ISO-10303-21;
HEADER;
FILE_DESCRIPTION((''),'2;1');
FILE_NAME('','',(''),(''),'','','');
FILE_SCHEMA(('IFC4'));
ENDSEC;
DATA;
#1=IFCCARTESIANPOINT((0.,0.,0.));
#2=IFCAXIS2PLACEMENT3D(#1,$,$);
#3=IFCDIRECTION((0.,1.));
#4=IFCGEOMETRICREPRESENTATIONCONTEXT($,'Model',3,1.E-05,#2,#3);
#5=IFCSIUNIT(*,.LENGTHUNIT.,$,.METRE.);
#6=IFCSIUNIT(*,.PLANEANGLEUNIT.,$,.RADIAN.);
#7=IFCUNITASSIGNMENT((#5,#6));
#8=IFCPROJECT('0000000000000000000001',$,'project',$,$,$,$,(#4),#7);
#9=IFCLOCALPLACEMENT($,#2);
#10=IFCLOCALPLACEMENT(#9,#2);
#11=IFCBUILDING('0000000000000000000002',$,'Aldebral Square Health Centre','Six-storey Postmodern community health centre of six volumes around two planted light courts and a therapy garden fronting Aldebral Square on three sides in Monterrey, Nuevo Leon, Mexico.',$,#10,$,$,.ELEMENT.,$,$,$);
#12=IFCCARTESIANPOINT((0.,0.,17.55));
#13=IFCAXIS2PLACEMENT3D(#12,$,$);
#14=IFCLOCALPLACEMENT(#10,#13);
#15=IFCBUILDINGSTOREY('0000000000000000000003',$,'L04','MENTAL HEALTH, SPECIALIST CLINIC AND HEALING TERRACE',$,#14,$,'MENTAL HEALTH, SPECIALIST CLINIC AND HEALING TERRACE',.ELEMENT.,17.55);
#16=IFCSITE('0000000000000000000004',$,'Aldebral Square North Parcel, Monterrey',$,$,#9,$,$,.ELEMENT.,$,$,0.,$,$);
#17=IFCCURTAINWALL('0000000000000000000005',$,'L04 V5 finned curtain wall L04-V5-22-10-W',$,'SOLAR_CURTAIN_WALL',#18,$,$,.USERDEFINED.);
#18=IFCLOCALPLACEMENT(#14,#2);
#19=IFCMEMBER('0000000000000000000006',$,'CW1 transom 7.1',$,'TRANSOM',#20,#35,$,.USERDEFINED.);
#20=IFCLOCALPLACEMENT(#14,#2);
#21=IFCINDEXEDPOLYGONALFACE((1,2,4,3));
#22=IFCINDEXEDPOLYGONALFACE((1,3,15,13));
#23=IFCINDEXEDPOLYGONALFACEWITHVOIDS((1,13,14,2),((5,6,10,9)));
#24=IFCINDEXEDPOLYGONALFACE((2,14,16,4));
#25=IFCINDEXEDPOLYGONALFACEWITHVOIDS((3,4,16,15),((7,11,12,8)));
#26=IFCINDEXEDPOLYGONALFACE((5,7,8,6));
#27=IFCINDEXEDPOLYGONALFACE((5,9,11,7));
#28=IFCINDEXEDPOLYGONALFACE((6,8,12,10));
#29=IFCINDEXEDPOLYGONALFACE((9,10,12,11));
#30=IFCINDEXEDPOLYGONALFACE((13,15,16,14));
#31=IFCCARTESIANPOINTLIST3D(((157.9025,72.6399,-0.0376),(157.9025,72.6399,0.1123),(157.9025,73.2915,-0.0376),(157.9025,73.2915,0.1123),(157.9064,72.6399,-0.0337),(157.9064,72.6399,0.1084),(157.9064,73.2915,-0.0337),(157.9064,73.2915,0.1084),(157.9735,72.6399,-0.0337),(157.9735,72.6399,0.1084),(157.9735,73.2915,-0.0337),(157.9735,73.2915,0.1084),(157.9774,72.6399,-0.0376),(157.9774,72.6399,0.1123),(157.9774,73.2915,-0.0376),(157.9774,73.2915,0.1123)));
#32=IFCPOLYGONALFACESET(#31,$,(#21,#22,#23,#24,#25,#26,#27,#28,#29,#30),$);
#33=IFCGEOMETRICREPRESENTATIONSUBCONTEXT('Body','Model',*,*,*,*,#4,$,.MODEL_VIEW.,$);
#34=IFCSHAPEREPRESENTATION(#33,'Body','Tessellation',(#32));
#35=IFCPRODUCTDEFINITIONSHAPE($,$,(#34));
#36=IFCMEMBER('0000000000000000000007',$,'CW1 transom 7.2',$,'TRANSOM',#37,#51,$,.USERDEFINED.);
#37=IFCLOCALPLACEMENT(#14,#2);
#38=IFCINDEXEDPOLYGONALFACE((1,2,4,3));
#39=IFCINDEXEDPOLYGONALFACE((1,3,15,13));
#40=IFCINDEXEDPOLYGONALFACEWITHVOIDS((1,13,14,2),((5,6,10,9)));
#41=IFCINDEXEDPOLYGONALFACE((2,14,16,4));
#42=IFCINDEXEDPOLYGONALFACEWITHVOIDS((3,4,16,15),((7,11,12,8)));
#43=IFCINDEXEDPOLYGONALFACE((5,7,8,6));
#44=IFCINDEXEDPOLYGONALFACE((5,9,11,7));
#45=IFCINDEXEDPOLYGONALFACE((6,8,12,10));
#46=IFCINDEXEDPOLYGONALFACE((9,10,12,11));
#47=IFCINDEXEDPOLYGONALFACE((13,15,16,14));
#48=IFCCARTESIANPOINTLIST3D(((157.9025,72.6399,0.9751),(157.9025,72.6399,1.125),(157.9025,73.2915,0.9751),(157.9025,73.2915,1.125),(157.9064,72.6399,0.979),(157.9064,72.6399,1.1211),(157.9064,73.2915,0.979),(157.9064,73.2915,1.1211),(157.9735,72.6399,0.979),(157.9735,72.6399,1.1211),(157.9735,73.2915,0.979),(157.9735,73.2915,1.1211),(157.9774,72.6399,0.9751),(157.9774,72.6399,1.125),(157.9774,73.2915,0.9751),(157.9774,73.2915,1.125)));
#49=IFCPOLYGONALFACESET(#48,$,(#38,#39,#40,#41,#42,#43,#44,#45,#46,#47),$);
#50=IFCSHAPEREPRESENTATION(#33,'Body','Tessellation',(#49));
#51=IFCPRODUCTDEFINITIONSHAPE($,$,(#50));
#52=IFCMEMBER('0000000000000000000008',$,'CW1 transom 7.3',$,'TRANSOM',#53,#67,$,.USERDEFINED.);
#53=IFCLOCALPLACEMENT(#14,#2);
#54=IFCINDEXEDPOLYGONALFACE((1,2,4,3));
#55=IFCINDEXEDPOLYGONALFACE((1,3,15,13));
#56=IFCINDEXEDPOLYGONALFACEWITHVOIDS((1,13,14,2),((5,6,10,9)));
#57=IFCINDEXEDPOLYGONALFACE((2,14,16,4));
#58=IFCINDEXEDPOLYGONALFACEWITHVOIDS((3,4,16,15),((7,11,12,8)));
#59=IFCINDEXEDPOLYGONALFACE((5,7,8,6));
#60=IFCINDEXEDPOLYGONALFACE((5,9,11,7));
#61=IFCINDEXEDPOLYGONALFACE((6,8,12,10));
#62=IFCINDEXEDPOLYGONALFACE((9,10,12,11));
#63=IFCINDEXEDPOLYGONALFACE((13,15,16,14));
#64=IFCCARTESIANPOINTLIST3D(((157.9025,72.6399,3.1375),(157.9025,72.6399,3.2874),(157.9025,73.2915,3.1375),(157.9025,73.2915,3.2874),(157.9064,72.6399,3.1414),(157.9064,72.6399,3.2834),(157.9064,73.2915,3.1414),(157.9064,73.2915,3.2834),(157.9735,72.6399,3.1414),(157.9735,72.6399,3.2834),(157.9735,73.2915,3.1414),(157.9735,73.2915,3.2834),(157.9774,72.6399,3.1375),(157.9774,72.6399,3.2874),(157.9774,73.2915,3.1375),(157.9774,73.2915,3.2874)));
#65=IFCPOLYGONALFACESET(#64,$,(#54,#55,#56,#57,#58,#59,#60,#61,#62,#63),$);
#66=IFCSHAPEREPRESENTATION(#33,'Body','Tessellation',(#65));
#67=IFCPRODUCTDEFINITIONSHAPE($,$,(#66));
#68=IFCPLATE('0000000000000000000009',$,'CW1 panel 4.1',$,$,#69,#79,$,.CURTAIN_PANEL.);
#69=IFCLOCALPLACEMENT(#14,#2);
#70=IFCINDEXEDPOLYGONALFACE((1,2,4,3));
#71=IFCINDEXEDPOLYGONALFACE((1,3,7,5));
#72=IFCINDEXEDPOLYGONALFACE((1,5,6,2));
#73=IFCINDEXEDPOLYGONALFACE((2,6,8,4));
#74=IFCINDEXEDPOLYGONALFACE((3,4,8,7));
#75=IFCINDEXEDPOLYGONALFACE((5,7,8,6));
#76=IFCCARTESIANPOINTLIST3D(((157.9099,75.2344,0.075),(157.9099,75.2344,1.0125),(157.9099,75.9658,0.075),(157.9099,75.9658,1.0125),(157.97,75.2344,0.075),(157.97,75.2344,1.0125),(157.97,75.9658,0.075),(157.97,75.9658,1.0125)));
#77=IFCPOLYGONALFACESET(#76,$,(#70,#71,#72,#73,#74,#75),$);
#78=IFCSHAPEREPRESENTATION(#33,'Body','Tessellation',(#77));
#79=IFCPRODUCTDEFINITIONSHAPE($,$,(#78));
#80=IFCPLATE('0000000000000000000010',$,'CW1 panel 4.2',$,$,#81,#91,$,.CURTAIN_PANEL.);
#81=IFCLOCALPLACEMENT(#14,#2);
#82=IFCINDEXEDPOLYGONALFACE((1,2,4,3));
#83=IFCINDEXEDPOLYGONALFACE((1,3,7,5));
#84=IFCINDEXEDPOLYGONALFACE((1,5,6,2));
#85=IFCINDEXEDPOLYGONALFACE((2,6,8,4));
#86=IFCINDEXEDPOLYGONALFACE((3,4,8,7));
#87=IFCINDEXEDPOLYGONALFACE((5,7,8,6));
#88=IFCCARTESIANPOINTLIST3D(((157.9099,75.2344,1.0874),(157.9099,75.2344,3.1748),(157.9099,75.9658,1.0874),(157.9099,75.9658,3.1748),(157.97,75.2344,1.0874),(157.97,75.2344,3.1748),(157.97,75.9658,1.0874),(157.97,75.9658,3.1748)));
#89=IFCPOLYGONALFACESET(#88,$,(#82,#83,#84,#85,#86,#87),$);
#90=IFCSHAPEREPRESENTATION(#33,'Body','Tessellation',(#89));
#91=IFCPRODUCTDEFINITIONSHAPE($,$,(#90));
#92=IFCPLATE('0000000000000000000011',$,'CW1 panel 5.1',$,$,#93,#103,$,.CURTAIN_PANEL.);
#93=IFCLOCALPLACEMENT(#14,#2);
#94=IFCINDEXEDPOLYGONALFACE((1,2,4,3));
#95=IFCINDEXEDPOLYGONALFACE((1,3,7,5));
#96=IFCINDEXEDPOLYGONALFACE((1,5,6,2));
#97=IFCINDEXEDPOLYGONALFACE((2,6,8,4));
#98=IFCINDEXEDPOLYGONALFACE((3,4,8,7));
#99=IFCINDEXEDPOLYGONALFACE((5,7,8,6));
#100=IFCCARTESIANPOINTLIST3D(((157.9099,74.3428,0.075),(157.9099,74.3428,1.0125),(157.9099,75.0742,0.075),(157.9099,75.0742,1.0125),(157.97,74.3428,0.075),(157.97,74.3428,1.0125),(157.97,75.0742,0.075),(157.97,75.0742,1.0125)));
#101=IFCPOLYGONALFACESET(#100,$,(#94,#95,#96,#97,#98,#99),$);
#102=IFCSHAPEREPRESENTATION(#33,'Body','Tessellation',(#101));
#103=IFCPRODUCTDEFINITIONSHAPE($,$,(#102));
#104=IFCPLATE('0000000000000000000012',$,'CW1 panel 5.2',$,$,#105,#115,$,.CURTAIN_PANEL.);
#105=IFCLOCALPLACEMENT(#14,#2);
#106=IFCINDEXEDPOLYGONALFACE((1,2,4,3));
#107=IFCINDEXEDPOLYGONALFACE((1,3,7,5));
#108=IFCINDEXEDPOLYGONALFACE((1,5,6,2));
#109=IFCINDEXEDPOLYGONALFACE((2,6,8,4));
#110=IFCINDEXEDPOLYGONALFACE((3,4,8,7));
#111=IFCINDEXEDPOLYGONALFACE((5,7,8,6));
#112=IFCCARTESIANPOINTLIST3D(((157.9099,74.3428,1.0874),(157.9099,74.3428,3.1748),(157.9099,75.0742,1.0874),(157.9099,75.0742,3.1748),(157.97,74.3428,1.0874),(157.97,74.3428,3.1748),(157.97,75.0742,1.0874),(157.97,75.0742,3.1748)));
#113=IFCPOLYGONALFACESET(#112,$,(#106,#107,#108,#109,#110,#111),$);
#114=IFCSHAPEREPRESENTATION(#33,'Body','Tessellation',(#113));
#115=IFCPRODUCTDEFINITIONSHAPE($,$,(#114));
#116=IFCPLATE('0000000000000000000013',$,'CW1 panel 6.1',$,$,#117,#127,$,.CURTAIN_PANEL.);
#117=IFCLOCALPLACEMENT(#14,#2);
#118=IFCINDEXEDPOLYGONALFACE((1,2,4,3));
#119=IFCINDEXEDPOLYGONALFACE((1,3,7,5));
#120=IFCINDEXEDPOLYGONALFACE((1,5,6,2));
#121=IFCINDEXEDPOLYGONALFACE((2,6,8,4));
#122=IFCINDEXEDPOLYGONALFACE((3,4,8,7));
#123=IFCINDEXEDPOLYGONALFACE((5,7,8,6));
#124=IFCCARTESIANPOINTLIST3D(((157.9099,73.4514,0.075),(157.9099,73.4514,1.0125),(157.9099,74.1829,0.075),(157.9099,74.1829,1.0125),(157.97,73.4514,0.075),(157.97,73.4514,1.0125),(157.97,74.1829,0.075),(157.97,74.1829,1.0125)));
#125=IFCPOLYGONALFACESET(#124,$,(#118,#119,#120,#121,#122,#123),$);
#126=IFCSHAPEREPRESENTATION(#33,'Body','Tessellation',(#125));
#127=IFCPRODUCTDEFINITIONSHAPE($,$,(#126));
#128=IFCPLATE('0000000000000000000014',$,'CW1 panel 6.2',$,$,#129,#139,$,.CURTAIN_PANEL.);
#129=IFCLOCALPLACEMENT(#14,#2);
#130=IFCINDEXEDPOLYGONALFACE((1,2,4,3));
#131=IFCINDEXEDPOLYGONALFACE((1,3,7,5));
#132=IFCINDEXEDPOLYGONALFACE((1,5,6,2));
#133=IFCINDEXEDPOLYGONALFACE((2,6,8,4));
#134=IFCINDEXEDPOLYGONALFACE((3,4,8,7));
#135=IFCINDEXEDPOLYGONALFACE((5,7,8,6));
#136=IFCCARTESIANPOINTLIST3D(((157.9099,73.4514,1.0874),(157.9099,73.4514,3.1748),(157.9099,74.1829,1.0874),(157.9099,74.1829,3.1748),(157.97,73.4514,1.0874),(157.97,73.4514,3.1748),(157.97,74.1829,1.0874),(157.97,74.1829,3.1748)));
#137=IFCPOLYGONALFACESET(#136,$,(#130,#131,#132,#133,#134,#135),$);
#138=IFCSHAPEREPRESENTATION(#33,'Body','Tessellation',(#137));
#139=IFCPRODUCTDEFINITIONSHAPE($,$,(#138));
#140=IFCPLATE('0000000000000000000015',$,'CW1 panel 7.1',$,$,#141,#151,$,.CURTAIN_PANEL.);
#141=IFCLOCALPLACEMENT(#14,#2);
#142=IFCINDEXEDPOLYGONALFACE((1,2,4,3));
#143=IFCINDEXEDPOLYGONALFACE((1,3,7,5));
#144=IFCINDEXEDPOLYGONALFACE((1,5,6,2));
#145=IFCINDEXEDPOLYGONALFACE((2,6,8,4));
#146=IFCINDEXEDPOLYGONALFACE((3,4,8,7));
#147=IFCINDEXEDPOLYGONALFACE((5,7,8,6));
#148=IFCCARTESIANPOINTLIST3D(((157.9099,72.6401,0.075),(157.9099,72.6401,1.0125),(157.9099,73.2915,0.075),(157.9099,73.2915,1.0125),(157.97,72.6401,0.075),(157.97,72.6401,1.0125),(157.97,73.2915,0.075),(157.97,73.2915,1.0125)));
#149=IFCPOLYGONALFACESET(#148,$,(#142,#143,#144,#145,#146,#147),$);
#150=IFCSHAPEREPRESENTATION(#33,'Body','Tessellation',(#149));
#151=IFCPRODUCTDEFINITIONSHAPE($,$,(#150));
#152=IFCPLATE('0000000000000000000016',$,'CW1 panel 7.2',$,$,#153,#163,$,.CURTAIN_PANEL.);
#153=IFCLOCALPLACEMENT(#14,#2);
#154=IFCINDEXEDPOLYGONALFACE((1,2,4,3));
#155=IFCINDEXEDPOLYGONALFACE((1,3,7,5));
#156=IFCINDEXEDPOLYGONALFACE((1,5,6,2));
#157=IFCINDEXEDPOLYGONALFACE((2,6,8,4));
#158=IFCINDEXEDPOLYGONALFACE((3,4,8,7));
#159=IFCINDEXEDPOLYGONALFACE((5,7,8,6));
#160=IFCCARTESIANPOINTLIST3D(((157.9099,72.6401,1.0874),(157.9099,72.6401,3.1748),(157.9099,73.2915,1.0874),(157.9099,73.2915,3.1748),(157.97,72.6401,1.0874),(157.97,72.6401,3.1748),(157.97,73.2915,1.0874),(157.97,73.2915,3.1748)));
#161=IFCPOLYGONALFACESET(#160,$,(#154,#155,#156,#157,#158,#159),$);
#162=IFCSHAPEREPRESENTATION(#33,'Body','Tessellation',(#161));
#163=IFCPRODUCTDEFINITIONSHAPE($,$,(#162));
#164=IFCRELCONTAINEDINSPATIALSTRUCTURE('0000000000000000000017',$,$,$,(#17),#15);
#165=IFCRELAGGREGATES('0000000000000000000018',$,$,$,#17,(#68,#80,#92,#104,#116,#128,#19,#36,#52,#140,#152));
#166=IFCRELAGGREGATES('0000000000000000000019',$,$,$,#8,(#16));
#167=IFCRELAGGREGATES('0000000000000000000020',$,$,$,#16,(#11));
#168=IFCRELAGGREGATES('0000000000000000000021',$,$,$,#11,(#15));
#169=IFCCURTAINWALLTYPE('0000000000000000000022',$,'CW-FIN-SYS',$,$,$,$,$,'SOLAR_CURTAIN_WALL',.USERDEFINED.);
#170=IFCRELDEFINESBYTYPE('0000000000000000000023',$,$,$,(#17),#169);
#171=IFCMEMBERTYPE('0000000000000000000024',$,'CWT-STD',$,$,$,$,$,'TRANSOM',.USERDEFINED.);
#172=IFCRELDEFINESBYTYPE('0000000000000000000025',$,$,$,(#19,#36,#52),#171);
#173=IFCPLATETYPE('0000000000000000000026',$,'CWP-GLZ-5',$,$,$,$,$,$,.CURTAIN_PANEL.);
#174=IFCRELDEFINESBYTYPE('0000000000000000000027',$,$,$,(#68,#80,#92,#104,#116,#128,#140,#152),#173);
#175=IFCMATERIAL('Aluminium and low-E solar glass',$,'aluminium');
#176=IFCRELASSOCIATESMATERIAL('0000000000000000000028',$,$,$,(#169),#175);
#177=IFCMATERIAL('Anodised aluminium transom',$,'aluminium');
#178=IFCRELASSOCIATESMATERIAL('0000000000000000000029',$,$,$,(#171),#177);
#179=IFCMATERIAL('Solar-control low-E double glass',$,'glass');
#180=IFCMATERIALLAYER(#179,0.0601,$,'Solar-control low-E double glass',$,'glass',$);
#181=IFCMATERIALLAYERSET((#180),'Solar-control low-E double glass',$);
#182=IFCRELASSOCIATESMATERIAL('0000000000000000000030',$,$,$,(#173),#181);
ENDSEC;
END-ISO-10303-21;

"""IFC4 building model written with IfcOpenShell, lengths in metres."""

from ifc_helpers import new_model, si_unit, direction, frame, origin, origin_2d, place, context, subcontext, project, spatial, rectangle, hollow_rectangle, extrude, material, layer, layer_set, material_profile, profile_set, type_object, element, aggregate, save


model = new_model("IFC4")

# Units and contexts
model_context = context("Model", 3, precision=1e-05, world=origin(), true_north=direction((0.0, 1.0)))
body_context = subcontext(model_context, "Body", "Model", "MODEL_VIEW")
ifc_project = project(units=[si_unit("LENGTHUNIT", "METRE"), si_unit("PLANEANGLEUNIT", "RADIAN")], contexts=[model_context])

# Site, building, storey
site_placement = place(None, origin())
site = spatial("IfcSite", under=ifc_project, at=site_placement, Name="Aldebral Square North Parcel, Monterrey", CompositionType="ELEMENT", RefElevation=0.0)
building_placement = place(site_placement, origin())
building = spatial("IfcBuilding", under=site, at=building_placement, Name="Aldebral Square Health Centre", Description="Six-storey Postmodern community health centre of six volumes around two planted light courts and a therapy garden fronting Aldebral Square on three sides in Monterrey, Nuevo Leon, Mexico.", CompositionType="ELEMENT")
storey_placement = place(building_placement, frame((0.0, 0.0, 17.55)))
storey = spatial("IfcBuildingStorey", under=building, at=storey_placement, Name="L04", Description="MENTAL HEALTH, SPECIALIST CLINIC AND HEALING TERRACE", LongName="MENTAL HEALTH, SPECIALIST CLINIC AND HEALING TERRACE", CompositionType="ELEMENT", Elevation=17.55)

# Curtain wall, members, plates
ifc_material_1 = material(Name="Aluminium and low-E solar glass", Category="aluminium")
curtain_wall_type = type_object("IfcCurtainWallType", Name="CW-FIN-SYS", ElementType="SOLAR_CURTAIN_WALL", PredefinedType="USERDEFINED", material=ifc_material_1)
curtain_wall_placement = place(storey_placement, origin())
curtain_wall = element("IfcCurtainWall", 1, at=curtain_wall_placement, inside=storey, type_object=curtain_wall_type, Name="L04 V5 finned curtain wall L04-V5-22-10-W", ObjectType="SOLAR_CURTAIN_WALL", PredefinedType="USERDEFINED")
ifc_material_2 = material(Name="Anodised aluminium transom", Category="aluminium")
ifc_material_profile_1 = material_profile(ifc_material_2, hollow_rectangle(XDim=0.075, YDim=0.1499, WallThickness=0.0039, at=origin_2d()), Name="CWT 75x150x4")
ifc_profile_set_1 = profile_set([ifc_material_profile_1], Name="Anodised aluminium transom")
member_type_1 = type_object("IfcMemberType", Name="CWT-STD", ElementType="TRANSOM", PredefinedType="USERDEFINED", material=ifc_profile_set_1)
member_1_placement = place(storey_placement, frame((157.9399, 73.2915, 0.0374), z_axis=(0.0, -1.0, 0.0), x_axis=(1.0, 0.0, 0.0)))
member_1 = element("IfcMember", 2, at=member_1_placement, type_object=member_type_1, Name="CW1 transom 7.1", ObjectType="TRANSOM", PredefinedType="USERDEFINED", context=body_context, shape_type="SweptSolid", body=[
    extrude(hollow_rectangle(XDim=0.075, YDim=0.1499, WallThickness=0.0039, at=origin_2d()), origin(), (0.0, 0.0, 1.0), 0.6516),
])
member_2_placement = place(storey_placement, frame((157.9399, 73.2915, 1.05), z_axis=(0.0, -1.0, 0.0), x_axis=(1.0, 0.0, 0.0)))
member_2 = element("IfcMember", 3, at=member_2_placement, type_object=member_type_1, Name="CW1 transom 7.2", ObjectType="TRANSOM", PredefinedType="USERDEFINED", context=body_context, shape_type="SweptSolid", body=[
    extrude(hollow_rectangle(XDim=0.075, YDim=0.1499, WallThickness=0.0039, at=origin_2d()), origin(), (0.0, 0.0, 1.0), 0.6516),
])
member_3_placement = place(storey_placement, frame((157.9399, 73.2915, 3.2124), z_axis=(0.0, -1.0, 0.0), x_axis=(1.0, 0.0, 0.0)))
member_3 = element("IfcMember", 4, at=member_3_placement, type_object=member_type_1, Name="CW1 transom 7.3", ObjectType="TRANSOM", PredefinedType="USERDEFINED", context=body_context, shape_type="SweptSolid", body=[
    extrude(hollow_rectangle(XDim=0.075, YDim=0.1499, WallThickness=0.0039, at=origin_2d()), origin(), (0.0, 0.0, 1.0), 0.6516),
])
ifc_material_3 = material(Name="Solar-control low-E double glass", Category="glass")
ifc_layer = layer(ifc_material_3, 0.0601, Name="Solar-control low-E double glass", Category="glass")
ifc_layer_set = layer_set([ifc_layer], Name="Solar-control low-E double glass")
plate_type = type_object("IfcPlateType", Name="CWP-GLZ-5", PredefinedType="CURTAIN_PANEL", material=ifc_layer_set)
plate_1_placement = place(storey_placement, frame((157.9399, 75.6001, 0.075), z_axis=(0.0, 0.0, 1.0), x_axis=(0.0, -1.0, 0.0)))
plate_1 = element("IfcPlate", 5, at=plate_1_placement, type_object=plate_type, Name="CW1 panel 4.1", PredefinedType="CURTAIN_PANEL", context=body_context, shape_type="SweptSolid", body=[
    extrude(rectangle(XDim=0.7314, YDim=0.0601, at=origin_2d()), origin(), (0.0, 0.0, 1.0), 0.9375),
])
plate_2_placement = place(storey_placement, frame((157.9399, 75.6001, 1.0874), z_axis=(0.0, 0.0, 1.0), x_axis=(0.0, -1.0, 0.0)))
plate_2 = element("IfcPlate", 6, at=plate_2_placement, type_object=plate_type, Name="CW1 panel 4.2", PredefinedType="CURTAIN_PANEL", context=body_context, shape_type="SweptSolid", body=[
    extrude(rectangle(XDim=0.7314, YDim=0.0601, at=origin_2d()), origin(), (0.0, 0.0, 1.0), 2.0874),
])
plate_3_placement = place(storey_placement, frame((157.9399, 74.7085, 0.075), z_axis=(0.0, 0.0, 1.0), x_axis=(0.0, -1.0, 0.0)))
plate_3 = element("IfcPlate", 7, at=plate_3_placement, type_object=plate_type, Name="CW1 panel 5.1", PredefinedType="CURTAIN_PANEL", context=body_context, shape_type="SweptSolid", body=[
    extrude(rectangle(XDim=0.7314, YDim=0.0601, at=origin_2d()), origin(), (0.0, 0.0, 1.0), 0.9375),
])
plate_4_placement = place(storey_placement, frame((157.9399, 74.7085, 1.0874), z_axis=(0.0, 0.0, 1.0), x_axis=(0.0, -1.0, 0.0)))
plate_4 = element("IfcPlate", 8, at=plate_4_placement, type_object=plate_type, Name="CW1 panel 5.2", PredefinedType="CURTAIN_PANEL", context=body_context, shape_type="SweptSolid", body=[
    extrude(rectangle(XDim=0.7314, YDim=0.0601, at=origin_2d()), origin(), (0.0, 0.0, 1.0), 2.0874),
])
plate_5_placement = place(storey_placement, frame((157.9399, 73.8171, 0.075), z_axis=(0.0, 0.0, 1.0), x_axis=(0.0, -1.0, 0.0)))
plate_5 = element("IfcPlate", 9, at=plate_5_placement, type_object=plate_type, Name="CW1 panel 6.1", PredefinedType="CURTAIN_PANEL", context=body_context, shape_type="SweptSolid", body=[
    extrude(rectangle(XDim=0.7314, YDim=0.0601, at=origin_2d()), origin(), (0.0, 0.0, 1.0), 0.9375),
])
plate_6_placement = place(storey_placement, frame((157.9399, 73.8171, 1.0874), z_axis=(0.0, 0.0, 1.0), x_axis=(0.0, -1.0, 0.0)))
plate_6 = element("IfcPlate", 10, at=plate_6_placement, type_object=plate_type, Name="CW1 panel 6.2", PredefinedType="CURTAIN_PANEL", context=body_context, shape_type="SweptSolid", body=[
    extrude(rectangle(XDim=0.7314, YDim=0.0601, at=origin_2d()), origin(), (0.0, 0.0, 1.0), 2.0874),
])
plate_7_placement = place(storey_placement, frame((157.9399, 72.9658, 0.075), z_axis=(0.0, 0.0, 1.0), x_axis=(0.0, -1.0, 0.0)))
plate_7 = element("IfcPlate", 11, at=plate_7_placement, type_object=plate_type, Name="CW1 panel 7.1", PredefinedType="CURTAIN_PANEL", context=body_context, shape_type="SweptSolid", body=[
    extrude(rectangle(XDim=0.6514, YDim=0.0601, at=origin_2d()), origin(), (0.0, 0.0, 1.0), 0.9375),
])
plate_8_placement = place(storey_placement, frame((157.9399, 72.9658, 1.0874), z_axis=(0.0, 0.0, 1.0), x_axis=(0.0, -1.0, 0.0)))
plate_8 = element("IfcPlate", 12, at=plate_8_placement, type_object=plate_type, Name="CW1 panel 7.2", PredefinedType="CURTAIN_PANEL", context=body_context, shape_type="SweptSolid", body=[
    extrude(rectangle(XDim=0.6514, YDim=0.0601, at=origin_2d()), origin(), (0.0, 0.0, 1.0), 2.0874),
])
aggregate(curtain_wall, [plate_1, plate_2, plate_3, plate_4, plate_5, plate_6, member_1, member_2, member_3, plate_7, plate_8])

save(model, "model.ifc")
